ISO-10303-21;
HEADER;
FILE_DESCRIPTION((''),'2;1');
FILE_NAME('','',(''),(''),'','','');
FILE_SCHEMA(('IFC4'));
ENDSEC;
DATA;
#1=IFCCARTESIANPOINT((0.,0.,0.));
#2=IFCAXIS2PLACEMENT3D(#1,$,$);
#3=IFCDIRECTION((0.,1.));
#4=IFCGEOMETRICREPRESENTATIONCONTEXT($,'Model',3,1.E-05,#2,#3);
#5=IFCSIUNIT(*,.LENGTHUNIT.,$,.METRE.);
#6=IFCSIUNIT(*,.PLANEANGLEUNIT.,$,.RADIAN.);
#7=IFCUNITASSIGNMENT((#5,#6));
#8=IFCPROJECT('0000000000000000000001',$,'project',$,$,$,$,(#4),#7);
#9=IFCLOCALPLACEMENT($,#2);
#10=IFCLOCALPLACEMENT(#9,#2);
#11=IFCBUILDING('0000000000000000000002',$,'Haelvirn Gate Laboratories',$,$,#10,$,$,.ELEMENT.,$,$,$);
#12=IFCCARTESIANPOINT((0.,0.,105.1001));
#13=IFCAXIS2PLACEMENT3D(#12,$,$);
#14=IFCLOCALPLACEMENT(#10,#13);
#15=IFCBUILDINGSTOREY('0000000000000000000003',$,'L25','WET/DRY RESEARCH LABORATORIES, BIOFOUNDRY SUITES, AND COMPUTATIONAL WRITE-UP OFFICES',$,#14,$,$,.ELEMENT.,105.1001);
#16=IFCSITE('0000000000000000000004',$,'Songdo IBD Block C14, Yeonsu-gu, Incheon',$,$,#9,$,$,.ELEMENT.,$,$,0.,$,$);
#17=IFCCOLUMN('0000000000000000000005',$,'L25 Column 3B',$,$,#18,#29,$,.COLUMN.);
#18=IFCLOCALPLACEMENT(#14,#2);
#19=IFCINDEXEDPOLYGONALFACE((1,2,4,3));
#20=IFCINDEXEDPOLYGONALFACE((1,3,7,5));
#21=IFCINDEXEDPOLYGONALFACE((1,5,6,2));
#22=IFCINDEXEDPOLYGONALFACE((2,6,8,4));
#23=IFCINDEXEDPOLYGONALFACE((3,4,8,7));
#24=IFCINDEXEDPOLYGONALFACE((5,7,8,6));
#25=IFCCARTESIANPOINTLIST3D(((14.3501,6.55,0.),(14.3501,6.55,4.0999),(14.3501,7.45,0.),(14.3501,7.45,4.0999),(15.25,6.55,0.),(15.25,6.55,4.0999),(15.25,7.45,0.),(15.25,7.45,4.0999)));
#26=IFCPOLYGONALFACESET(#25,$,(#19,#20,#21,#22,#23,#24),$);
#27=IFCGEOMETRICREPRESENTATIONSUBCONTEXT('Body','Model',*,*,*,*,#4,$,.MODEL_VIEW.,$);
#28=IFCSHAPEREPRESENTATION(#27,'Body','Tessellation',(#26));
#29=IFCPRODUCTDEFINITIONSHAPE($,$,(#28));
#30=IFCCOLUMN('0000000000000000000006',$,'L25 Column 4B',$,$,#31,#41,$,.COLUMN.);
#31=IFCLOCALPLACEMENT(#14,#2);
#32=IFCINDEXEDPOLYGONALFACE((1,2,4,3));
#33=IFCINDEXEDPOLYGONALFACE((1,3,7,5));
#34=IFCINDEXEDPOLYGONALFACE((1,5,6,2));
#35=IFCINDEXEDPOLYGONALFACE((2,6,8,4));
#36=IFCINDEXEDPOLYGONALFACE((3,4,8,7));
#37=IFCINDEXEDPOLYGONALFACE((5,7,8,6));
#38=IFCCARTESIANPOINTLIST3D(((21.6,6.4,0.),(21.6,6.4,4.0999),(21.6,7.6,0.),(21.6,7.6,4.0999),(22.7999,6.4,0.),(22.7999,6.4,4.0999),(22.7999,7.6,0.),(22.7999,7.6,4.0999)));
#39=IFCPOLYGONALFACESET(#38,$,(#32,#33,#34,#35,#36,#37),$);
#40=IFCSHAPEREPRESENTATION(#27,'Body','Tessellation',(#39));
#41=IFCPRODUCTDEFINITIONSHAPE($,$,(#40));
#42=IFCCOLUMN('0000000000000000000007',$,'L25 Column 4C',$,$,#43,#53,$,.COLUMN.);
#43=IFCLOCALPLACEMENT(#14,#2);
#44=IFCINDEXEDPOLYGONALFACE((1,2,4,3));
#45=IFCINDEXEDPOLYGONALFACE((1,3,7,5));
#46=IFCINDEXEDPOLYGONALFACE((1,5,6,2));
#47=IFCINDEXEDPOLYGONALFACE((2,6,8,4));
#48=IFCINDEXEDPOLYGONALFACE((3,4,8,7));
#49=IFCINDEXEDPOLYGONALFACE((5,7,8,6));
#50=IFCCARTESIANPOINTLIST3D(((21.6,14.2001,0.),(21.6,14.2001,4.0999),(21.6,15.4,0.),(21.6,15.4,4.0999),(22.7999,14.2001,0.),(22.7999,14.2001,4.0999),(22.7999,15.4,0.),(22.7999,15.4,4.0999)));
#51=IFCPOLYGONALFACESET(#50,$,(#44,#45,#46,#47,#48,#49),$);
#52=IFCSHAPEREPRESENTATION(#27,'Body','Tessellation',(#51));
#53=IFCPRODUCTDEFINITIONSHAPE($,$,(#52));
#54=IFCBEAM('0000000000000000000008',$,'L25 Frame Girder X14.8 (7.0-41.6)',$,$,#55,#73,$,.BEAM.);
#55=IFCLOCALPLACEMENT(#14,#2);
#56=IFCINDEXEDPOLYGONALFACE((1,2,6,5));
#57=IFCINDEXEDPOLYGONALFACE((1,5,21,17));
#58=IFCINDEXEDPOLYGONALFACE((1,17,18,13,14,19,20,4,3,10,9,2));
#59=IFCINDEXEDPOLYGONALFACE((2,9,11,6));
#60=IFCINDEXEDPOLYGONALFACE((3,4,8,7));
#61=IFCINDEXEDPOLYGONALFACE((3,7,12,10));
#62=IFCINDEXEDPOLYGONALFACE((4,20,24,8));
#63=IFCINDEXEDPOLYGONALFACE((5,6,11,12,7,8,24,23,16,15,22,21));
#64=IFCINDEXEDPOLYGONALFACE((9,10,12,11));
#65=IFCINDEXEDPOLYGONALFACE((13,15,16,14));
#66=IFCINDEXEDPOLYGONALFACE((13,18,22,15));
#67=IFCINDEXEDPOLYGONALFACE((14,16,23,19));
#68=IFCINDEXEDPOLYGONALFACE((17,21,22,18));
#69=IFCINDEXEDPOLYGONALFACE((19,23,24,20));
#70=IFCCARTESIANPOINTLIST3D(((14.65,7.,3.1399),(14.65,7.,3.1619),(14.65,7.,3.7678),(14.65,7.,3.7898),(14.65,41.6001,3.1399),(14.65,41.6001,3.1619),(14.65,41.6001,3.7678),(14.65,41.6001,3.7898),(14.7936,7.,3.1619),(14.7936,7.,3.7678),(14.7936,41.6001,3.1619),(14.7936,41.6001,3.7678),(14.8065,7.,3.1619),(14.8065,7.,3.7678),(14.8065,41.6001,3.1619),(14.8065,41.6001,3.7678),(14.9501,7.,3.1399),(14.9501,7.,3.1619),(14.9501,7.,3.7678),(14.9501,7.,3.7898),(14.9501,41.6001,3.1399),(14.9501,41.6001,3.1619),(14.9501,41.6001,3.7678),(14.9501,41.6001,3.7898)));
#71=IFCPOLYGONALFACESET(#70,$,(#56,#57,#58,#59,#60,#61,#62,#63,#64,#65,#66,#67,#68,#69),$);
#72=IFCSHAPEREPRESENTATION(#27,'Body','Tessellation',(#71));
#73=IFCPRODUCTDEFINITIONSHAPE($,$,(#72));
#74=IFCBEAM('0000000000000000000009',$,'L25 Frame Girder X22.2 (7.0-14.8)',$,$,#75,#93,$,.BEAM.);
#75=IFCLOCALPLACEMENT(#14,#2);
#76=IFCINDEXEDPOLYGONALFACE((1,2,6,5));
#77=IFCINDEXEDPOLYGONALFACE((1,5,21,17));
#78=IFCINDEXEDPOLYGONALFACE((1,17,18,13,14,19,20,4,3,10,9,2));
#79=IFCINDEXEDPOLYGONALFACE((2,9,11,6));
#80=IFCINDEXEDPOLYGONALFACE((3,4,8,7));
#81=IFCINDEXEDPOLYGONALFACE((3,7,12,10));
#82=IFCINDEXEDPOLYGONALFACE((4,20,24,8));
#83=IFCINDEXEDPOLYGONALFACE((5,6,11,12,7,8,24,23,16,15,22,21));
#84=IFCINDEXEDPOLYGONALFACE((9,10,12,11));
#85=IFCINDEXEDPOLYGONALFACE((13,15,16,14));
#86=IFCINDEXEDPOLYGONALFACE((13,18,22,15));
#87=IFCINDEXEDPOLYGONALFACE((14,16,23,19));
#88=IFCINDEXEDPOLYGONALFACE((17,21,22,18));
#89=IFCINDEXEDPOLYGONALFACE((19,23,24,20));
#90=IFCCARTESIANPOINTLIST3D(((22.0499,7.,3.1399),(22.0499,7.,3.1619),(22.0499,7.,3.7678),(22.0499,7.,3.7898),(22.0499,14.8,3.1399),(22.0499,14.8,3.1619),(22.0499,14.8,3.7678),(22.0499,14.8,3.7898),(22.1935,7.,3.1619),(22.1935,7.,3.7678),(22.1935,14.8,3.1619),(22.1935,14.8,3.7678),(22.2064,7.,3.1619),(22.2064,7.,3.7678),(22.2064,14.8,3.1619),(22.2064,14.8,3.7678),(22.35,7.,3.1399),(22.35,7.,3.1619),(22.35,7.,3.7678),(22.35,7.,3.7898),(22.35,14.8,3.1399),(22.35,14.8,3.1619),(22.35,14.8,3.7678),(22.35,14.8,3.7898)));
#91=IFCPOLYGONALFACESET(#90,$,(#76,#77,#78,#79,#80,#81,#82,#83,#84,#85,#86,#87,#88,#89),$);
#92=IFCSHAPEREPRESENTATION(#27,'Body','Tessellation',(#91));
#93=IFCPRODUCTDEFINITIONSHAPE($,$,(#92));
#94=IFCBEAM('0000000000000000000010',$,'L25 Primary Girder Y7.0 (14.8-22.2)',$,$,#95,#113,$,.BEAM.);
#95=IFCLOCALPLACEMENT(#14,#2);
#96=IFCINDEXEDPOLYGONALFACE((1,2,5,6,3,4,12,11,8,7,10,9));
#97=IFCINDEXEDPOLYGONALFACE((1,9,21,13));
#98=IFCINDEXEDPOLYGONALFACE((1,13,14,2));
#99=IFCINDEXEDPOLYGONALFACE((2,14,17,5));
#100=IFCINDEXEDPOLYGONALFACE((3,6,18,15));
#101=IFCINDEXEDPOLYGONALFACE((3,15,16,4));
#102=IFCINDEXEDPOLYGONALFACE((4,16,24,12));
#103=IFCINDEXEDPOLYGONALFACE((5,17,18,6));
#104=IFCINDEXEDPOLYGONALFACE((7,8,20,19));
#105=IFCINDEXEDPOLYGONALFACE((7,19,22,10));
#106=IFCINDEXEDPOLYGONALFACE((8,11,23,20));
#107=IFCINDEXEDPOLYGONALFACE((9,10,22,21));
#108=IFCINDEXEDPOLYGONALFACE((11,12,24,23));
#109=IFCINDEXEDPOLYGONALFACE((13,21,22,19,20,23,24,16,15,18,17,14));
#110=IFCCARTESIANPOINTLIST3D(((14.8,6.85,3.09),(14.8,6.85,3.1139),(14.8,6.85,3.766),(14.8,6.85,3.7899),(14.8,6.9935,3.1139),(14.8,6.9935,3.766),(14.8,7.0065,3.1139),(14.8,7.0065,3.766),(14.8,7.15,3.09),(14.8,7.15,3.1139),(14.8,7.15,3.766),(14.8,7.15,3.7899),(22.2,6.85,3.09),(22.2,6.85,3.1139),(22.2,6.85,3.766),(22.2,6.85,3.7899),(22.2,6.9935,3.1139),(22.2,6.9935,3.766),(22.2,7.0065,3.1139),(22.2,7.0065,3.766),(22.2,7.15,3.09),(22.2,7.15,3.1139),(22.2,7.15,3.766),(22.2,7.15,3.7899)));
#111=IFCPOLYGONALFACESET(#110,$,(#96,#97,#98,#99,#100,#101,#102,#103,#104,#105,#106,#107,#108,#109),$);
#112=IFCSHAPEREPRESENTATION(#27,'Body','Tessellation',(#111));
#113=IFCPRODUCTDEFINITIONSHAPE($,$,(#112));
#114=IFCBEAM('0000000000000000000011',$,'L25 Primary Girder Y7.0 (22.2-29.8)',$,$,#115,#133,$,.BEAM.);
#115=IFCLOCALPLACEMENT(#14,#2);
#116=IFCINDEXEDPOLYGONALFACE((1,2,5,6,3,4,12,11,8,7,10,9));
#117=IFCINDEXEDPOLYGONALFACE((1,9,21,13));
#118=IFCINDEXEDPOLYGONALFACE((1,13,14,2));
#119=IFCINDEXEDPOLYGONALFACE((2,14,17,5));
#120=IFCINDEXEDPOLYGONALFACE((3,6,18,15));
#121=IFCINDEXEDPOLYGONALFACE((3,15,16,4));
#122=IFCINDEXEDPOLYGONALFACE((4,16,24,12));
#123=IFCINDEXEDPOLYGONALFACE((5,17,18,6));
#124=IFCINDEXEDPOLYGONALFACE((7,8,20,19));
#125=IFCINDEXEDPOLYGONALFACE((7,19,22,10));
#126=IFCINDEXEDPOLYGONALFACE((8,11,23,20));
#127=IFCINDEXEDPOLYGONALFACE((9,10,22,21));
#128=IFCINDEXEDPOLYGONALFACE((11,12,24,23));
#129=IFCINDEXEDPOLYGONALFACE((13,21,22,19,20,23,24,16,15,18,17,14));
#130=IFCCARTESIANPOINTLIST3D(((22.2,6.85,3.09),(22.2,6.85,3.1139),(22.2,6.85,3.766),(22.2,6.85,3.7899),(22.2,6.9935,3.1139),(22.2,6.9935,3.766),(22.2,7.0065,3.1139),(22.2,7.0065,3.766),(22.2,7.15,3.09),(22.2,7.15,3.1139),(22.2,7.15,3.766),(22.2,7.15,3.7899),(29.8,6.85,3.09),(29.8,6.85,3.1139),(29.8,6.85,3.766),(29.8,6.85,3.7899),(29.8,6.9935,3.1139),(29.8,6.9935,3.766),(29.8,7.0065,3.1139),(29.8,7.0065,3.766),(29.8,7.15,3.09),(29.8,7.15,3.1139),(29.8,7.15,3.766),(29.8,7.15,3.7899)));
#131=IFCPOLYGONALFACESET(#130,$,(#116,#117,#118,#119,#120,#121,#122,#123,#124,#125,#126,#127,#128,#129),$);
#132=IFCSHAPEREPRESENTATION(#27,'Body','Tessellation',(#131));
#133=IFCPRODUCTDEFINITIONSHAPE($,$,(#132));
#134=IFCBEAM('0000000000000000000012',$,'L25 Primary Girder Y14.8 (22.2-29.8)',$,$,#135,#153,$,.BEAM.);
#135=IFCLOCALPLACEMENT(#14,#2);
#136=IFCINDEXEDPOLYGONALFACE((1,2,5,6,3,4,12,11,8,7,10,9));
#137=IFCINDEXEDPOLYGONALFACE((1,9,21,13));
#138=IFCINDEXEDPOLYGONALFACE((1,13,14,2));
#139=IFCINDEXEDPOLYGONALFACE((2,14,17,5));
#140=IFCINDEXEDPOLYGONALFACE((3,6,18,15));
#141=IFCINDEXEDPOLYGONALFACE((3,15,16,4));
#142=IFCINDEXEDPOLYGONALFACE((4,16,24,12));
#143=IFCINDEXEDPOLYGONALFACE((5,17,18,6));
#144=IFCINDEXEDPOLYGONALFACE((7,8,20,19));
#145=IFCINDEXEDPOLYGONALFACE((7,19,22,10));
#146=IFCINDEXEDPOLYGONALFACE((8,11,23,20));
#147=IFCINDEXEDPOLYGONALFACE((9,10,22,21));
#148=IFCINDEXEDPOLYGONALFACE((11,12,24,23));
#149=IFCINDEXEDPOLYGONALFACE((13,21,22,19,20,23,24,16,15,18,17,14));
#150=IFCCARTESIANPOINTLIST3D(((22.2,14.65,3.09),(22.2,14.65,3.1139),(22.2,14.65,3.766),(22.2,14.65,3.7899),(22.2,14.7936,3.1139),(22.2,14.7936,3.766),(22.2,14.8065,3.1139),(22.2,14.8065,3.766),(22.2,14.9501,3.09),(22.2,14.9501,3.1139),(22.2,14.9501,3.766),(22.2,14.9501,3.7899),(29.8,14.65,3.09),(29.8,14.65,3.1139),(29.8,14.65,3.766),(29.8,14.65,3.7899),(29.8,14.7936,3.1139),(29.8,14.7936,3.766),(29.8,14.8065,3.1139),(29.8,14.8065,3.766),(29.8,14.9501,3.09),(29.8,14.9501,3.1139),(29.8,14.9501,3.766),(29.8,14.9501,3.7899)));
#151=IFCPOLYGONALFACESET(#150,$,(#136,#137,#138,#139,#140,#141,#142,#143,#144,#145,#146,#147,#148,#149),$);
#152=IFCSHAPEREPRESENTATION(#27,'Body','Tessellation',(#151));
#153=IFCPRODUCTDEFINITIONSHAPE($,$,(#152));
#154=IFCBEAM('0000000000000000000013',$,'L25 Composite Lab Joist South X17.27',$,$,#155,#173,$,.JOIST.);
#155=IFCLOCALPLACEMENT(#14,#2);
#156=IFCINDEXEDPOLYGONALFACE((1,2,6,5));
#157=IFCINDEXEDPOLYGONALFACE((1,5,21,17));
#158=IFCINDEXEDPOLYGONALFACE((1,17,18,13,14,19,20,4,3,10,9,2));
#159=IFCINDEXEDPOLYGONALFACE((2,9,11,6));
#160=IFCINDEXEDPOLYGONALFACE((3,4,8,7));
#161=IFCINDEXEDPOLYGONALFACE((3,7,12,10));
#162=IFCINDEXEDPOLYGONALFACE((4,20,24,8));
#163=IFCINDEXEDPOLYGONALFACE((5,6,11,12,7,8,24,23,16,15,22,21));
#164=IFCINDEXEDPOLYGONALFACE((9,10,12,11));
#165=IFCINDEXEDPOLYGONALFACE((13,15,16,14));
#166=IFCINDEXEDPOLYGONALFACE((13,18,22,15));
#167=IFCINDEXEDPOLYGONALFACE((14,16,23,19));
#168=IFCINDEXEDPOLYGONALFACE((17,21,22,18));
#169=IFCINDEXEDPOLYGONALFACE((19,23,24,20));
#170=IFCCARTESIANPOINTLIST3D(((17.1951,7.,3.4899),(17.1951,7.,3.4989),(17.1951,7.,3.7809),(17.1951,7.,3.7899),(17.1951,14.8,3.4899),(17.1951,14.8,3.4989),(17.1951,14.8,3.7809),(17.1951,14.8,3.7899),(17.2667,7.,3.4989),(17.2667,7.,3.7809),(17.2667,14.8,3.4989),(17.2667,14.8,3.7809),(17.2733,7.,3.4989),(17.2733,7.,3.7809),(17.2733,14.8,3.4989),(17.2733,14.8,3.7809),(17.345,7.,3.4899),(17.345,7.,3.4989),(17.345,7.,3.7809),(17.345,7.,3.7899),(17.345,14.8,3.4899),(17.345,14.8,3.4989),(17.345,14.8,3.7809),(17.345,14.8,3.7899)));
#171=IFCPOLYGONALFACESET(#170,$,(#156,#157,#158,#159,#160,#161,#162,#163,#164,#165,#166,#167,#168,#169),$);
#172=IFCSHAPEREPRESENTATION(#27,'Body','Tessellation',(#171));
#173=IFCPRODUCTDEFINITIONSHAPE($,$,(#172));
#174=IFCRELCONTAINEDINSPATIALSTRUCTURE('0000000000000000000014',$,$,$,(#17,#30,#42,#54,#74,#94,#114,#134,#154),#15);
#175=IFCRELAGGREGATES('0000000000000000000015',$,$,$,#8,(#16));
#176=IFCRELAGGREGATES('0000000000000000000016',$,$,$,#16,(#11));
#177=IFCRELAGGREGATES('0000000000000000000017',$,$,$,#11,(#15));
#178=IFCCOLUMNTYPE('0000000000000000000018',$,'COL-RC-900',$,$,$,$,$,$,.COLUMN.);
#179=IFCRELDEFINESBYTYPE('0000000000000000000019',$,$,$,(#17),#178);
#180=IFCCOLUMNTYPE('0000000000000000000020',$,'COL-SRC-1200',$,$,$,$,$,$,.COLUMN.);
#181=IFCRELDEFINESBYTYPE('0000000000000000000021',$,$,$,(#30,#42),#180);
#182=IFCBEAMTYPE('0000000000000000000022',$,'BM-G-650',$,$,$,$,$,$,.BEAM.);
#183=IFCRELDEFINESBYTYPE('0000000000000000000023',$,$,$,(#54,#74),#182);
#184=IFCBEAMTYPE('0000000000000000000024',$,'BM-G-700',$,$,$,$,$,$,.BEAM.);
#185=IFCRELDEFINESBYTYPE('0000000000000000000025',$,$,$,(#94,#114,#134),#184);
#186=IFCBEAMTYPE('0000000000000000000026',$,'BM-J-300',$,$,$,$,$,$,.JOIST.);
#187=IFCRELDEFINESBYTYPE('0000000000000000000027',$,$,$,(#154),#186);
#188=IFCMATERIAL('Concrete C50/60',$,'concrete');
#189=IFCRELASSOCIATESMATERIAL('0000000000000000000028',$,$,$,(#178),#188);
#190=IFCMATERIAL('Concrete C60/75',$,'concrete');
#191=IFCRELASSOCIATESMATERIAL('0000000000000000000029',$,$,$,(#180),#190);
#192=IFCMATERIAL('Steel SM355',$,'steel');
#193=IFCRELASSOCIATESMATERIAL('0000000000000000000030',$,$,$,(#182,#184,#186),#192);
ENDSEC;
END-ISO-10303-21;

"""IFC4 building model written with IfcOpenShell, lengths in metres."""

from ifc_helpers import new_model, si_unit, direction, frame, origin, origin_2d, place, context, subcontext, project, spatial, rectangle, i_section, extrude, source, transform, mapped, material, material_profile, profile_set, type_object, type_shapes, element, save


model = new_model("IFC4")

# Units and contexts
model_context = context("Model", 3, precision=1e-05, world=origin(), true_north=direction((0.0, 1.0)))
body_context = subcontext(model_context, "Body", "Model", "MODEL_VIEW")
ifc_project = project(units=[si_unit("LENGTHUNIT", "METRE"), si_unit("PLANEANGLEUNIT", "RADIAN")], contexts=[model_context])

# Site, building, storey
site_placement = place(None, origin())
site = spatial("IfcSite", under=ifc_project, at=site_placement, Name="Songdo IBD Block C14, Yeonsu-gu, Incheon", CompositionType="ELEMENT", RefElevation=0.0)
building_placement = place(site_placement, origin())
building = spatial("IfcBuilding", under=site, at=building_placement, Name="Haelvirn Gate Laboratories", CompositionType="ELEMENT")
storey_placement = place(building_placement, frame((0.0, 0.0, 105.1001)))
storey = spatial("IfcBuildingStorey", under=building, at=storey_placement, Name="L25", Description="WET/DRY RESEARCH LABORATORIES, BIOFOUNDRY SUITES, AND COMPUTATIONAL WRITE-UP OFFICES", CompositionType="ELEMENT", Elevation=105.1001)

# Columns
ifc_material_1 = material(Name="Concrete C50/60", Category="concrete")
ifc_material_profile_1 = material_profile(ifc_material_1, rectangle(XDim=0.8999, YDim=0.8999, at=origin_2d()), Name="RC-900x900")
ifc_profile_set_1 = profile_set([ifc_material_profile_1], Name="Concrete C50/60")
column_type_1 = type_object("IfcColumnType", Name="COL-RC-900", PredefinedType="COLUMN", material=ifc_profile_set_1)
shared_shape_1 = source(origin(), body_context, "Body", "SweptSolid", [
    extrude(rectangle(XDim=0.8999, YDim=0.8999, at=origin_2d()), origin(), (0.0, 0.0, 1.0), 4.0999),
])
type_shapes(column_type_1, [shared_shape_1])
column_placement = place(storey_placement, frame((14.8, 7.0, 0.0), z_axis=(0.0, 0.0, 1.0), x_axis=(1.0, 0.0, 0.0)))
element("IfcColumn", 1, at=column_placement, inside=storey, type_object=column_type_1, Name="L25 Column 3B", PredefinedType="COLUMN", context=body_context, shape_type="MappedRepresentation", body=[
    mapped(shared_shape_1, transform((0.0, 0.0, 0.0), scale=1.0)),
])
ifc_material_2 = material(Name="Concrete C60/75", Category="concrete")
ifc_material_profile_2 = material_profile(ifc_material_2, rectangle(XDim=1.2, YDim=1.2, at=origin_2d()), Name="SRC-1200x1200")
ifc_profile_set_2 = profile_set([ifc_material_profile_2], Name="Concrete C60/75")
column_type_2 = type_object("IfcColumnType", Name="COL-SRC-1200", PredefinedType="COLUMN", material=ifc_profile_set_2)
shared_shape_2 = source(origin(), body_context, "Body", "SweptSolid", [
    extrude(rectangle(XDim=1.2, YDim=1.2, at=origin_2d()), origin(), (0.0, 0.0, 1.0), 4.0999),
])
type_shapes(column_type_2, [shared_shape_2])
for number, where, z_axis, x_axis, name in (
    (2, (22.2, 7.0, 0.0), (0.0, 0.0, 1.0), (1.0, 0.0, 0.0), "L25 Column 4B"),
    (3, (22.2, 14.8, 0.0), (0.0, 0.0, 1.0), (1.0, 0.0, 0.0), "L25 Column 4C"),
):
    element("IfcColumn", number, at=place(storey_placement, frame(where, z_axis=z_axis, x_axis=x_axis)), inside=storey, type_object=column_type_2, Name=name, PredefinedType="COLUMN", context=body_context, shape_type="MappedRepresentation", body=[
        mapped(shared_shape_2, transform((0.0, 0.0, 0.0), scale=1.0)),
    ])

# Beams
ifc_material_3 = material(Name="Steel SM355", Category="steel")
ifc_material_profile_3 = material_profile(ifc_material_3, i_section(OverallWidth=0.3, OverallDepth=0.6499, WebThickness=0.0129, FlangeThickness=0.022, at=origin_2d()), Name="H-650x300x13x22")
ifc_profile_set_3 = profile_set([ifc_material_profile_3], Name="Steel SM355")
beam_type_1 = type_object("IfcBeamType", Name="BM-G-650", PredefinedType="BEAM", material=ifc_profile_set_3)
shared_shape_3 = source(origin(), body_context, "Body", "SweptSolid", [
    extrude(i_section(OverallWidth=0.3, OverallDepth=0.6499, WebThickness=0.0129, FlangeThickness=0.022, at=origin_2d()), origin(), (0.0, 0.0, 1.0), 34.6001),
])
beam_1_placement = place(storey_placement, frame((14.8, 7.0, 3.4648), z_axis=(0.0, 1.0, 0.0), x_axis=(-1.0, 0.0, 0.0)))
element("IfcBeam", 4, at=beam_1_placement, inside=storey, type_object=beam_type_1, Name="L25 Frame Girder X14.8 (7.0-41.6)", PredefinedType="BEAM", context=body_context, shape_type="MappedRepresentation", body=[
    mapped(shared_shape_3, transform((0.0, 0.0, 0.0), scale=1.0)),
])
shared_shape_4 = source(origin(), body_context, "Body", "SweptSolid", [
    extrude(i_section(OverallWidth=0.3, OverallDepth=0.6499, WebThickness=0.0129, FlangeThickness=0.022, at=origin_2d()), origin(), (0.0, 0.0, 1.0), 7.8),
])
type_shapes(beam_type_1, [shared_shape_3, shared_shape_4])
beam_2_placement = place(storey_placement, frame((22.2, 7.0, 3.4648), z_axis=(0.0, 1.0, 0.0), x_axis=(-1.0, 0.0, 0.0)))
element("IfcBeam", 5, at=beam_2_placement, inside=storey, type_object=beam_type_1, Name="L25 Frame Girder X22.2 (7.0-14.8)", PredefinedType="BEAM", context=body_context, shape_type="MappedRepresentation", body=[
    mapped(shared_shape_4, transform((0.0, 0.0, 0.0), scale=1.0)),
])
ifc_material_profile_4 = material_profile(ifc_material_3, i_section(OverallWidth=0.3, OverallDepth=0.7, WebThickness=0.0129, FlangeThickness=0.0239, at=origin_2d()), Name="H-700x300x13x24")
ifc_profile_set_4 = profile_set([ifc_material_profile_4], Name="Steel SM355")
beam_type_2 = type_object("IfcBeamType", Name="BM-G-700", PredefinedType="BEAM", material=ifc_profile_set_4)
shared_shape_5 = source(origin(), body_context, "Body", "SweptSolid", [
    extrude(i_section(OverallWidth=0.3, OverallDepth=0.7, WebThickness=0.0129, FlangeThickness=0.0239, at=origin_2d()), origin(), (0.0, 0.0, 1.0), 7.3999),
])
beam_3_placement = place(storey_placement, frame((14.8, 7.0, 3.4399), z_axis=(1.0, 0.0, 0.0), x_axis=(0.0, 1.0, 0.0)))
element("IfcBeam", 6, at=beam_3_placement, inside=storey, type_object=beam_type_2, Name="L25 Primary Girder Y7.0 (14.8-22.2)", PredefinedType="BEAM", context=body_context, shape_type="MappedRepresentation", body=[
    mapped(shared_shape_5, transform((0.0, 0.0, 0.0), scale=1.0)),
])
shared_shape_6 = source(origin(), body_context, "Body", "SweptSolid", [
    extrude(i_section(OverallWidth=0.3, OverallDepth=0.7, WebThickness=0.0129, FlangeThickness=0.0239, at=origin_2d()), origin(), (0.0, 0.0, 1.0), 7.6001),
])
type_shapes(beam_type_2, [shared_shape_5, shared_shape_6])
for number, where, z_axis, x_axis, name in (
    (7, (22.2, 7.0, 3.4399), (1.0, 0.0, 0.0), (0.0, 1.0, 0.0), "L25 Primary Girder Y7.0 (22.2-29.8)"),
    (8, (22.2, 14.8, 3.4399), (1.0, 0.0, 0.0), (0.0, 1.0, 0.0), "L25 Primary Girder Y14.8 (22.2-29.8)"),
):
    element("IfcBeam", number, at=place(storey_placement, frame(where, z_axis=z_axis, x_axis=x_axis)), inside=storey, type_object=beam_type_2, Name=name, PredefinedType="BEAM", context=body_context, shape_type="MappedRepresentation", body=[
        mapped(shared_shape_6, transform((0.0, 0.0, 0.0), scale=1.0)),
    ])
ifc_material_profile_5 = material_profile(ifc_material_3, i_section(OverallWidth=0.1499, OverallDepth=0.3, WebThickness=0.0066, FlangeThickness=0.009, at=origin_2d()), Name="H-300x150x6.5x9")
ifc_profile_set_5 = profile_set([ifc_material_profile_5], Name="Steel SM355")
beam_type_3 = type_object("IfcBeamType", Name="BM-J-300", PredefinedType="JOIST", material=ifc_profile_set_5)
shared_shape_7 = source(origin(), body_context, "Body", "SweptSolid", [
    extrude(i_section(OverallWidth=0.1499, OverallDepth=0.3, WebThickness=0.0066, FlangeThickness=0.009, at=origin_2d()), origin(), (0.0, 0.0, 1.0), 7.8),
])
type_shapes(beam_type_3, [shared_shape_7])
for number, where, z_axis, x_axis, name in (
    (9, (17.27, 7.0, 3.6399), (0.0, 1.0, 0.0), (-1.0, 0.0, 0.0), "L25 Composite Lab Joist South X17.27"),
):
    element("IfcBeam", number, at=place(storey_placement, frame(where, z_axis=z_axis, x_axis=x_axis)), inside=storey, type_object=beam_type_3, Name=name, PredefinedType="JOIST", context=body_context, shape_type="MappedRepresentation", body=[
        mapped(shared_shape_7, transform((0.0, 0.0, 0.0), scale=1.0)),
    ])

save(model, "model.ifc")
